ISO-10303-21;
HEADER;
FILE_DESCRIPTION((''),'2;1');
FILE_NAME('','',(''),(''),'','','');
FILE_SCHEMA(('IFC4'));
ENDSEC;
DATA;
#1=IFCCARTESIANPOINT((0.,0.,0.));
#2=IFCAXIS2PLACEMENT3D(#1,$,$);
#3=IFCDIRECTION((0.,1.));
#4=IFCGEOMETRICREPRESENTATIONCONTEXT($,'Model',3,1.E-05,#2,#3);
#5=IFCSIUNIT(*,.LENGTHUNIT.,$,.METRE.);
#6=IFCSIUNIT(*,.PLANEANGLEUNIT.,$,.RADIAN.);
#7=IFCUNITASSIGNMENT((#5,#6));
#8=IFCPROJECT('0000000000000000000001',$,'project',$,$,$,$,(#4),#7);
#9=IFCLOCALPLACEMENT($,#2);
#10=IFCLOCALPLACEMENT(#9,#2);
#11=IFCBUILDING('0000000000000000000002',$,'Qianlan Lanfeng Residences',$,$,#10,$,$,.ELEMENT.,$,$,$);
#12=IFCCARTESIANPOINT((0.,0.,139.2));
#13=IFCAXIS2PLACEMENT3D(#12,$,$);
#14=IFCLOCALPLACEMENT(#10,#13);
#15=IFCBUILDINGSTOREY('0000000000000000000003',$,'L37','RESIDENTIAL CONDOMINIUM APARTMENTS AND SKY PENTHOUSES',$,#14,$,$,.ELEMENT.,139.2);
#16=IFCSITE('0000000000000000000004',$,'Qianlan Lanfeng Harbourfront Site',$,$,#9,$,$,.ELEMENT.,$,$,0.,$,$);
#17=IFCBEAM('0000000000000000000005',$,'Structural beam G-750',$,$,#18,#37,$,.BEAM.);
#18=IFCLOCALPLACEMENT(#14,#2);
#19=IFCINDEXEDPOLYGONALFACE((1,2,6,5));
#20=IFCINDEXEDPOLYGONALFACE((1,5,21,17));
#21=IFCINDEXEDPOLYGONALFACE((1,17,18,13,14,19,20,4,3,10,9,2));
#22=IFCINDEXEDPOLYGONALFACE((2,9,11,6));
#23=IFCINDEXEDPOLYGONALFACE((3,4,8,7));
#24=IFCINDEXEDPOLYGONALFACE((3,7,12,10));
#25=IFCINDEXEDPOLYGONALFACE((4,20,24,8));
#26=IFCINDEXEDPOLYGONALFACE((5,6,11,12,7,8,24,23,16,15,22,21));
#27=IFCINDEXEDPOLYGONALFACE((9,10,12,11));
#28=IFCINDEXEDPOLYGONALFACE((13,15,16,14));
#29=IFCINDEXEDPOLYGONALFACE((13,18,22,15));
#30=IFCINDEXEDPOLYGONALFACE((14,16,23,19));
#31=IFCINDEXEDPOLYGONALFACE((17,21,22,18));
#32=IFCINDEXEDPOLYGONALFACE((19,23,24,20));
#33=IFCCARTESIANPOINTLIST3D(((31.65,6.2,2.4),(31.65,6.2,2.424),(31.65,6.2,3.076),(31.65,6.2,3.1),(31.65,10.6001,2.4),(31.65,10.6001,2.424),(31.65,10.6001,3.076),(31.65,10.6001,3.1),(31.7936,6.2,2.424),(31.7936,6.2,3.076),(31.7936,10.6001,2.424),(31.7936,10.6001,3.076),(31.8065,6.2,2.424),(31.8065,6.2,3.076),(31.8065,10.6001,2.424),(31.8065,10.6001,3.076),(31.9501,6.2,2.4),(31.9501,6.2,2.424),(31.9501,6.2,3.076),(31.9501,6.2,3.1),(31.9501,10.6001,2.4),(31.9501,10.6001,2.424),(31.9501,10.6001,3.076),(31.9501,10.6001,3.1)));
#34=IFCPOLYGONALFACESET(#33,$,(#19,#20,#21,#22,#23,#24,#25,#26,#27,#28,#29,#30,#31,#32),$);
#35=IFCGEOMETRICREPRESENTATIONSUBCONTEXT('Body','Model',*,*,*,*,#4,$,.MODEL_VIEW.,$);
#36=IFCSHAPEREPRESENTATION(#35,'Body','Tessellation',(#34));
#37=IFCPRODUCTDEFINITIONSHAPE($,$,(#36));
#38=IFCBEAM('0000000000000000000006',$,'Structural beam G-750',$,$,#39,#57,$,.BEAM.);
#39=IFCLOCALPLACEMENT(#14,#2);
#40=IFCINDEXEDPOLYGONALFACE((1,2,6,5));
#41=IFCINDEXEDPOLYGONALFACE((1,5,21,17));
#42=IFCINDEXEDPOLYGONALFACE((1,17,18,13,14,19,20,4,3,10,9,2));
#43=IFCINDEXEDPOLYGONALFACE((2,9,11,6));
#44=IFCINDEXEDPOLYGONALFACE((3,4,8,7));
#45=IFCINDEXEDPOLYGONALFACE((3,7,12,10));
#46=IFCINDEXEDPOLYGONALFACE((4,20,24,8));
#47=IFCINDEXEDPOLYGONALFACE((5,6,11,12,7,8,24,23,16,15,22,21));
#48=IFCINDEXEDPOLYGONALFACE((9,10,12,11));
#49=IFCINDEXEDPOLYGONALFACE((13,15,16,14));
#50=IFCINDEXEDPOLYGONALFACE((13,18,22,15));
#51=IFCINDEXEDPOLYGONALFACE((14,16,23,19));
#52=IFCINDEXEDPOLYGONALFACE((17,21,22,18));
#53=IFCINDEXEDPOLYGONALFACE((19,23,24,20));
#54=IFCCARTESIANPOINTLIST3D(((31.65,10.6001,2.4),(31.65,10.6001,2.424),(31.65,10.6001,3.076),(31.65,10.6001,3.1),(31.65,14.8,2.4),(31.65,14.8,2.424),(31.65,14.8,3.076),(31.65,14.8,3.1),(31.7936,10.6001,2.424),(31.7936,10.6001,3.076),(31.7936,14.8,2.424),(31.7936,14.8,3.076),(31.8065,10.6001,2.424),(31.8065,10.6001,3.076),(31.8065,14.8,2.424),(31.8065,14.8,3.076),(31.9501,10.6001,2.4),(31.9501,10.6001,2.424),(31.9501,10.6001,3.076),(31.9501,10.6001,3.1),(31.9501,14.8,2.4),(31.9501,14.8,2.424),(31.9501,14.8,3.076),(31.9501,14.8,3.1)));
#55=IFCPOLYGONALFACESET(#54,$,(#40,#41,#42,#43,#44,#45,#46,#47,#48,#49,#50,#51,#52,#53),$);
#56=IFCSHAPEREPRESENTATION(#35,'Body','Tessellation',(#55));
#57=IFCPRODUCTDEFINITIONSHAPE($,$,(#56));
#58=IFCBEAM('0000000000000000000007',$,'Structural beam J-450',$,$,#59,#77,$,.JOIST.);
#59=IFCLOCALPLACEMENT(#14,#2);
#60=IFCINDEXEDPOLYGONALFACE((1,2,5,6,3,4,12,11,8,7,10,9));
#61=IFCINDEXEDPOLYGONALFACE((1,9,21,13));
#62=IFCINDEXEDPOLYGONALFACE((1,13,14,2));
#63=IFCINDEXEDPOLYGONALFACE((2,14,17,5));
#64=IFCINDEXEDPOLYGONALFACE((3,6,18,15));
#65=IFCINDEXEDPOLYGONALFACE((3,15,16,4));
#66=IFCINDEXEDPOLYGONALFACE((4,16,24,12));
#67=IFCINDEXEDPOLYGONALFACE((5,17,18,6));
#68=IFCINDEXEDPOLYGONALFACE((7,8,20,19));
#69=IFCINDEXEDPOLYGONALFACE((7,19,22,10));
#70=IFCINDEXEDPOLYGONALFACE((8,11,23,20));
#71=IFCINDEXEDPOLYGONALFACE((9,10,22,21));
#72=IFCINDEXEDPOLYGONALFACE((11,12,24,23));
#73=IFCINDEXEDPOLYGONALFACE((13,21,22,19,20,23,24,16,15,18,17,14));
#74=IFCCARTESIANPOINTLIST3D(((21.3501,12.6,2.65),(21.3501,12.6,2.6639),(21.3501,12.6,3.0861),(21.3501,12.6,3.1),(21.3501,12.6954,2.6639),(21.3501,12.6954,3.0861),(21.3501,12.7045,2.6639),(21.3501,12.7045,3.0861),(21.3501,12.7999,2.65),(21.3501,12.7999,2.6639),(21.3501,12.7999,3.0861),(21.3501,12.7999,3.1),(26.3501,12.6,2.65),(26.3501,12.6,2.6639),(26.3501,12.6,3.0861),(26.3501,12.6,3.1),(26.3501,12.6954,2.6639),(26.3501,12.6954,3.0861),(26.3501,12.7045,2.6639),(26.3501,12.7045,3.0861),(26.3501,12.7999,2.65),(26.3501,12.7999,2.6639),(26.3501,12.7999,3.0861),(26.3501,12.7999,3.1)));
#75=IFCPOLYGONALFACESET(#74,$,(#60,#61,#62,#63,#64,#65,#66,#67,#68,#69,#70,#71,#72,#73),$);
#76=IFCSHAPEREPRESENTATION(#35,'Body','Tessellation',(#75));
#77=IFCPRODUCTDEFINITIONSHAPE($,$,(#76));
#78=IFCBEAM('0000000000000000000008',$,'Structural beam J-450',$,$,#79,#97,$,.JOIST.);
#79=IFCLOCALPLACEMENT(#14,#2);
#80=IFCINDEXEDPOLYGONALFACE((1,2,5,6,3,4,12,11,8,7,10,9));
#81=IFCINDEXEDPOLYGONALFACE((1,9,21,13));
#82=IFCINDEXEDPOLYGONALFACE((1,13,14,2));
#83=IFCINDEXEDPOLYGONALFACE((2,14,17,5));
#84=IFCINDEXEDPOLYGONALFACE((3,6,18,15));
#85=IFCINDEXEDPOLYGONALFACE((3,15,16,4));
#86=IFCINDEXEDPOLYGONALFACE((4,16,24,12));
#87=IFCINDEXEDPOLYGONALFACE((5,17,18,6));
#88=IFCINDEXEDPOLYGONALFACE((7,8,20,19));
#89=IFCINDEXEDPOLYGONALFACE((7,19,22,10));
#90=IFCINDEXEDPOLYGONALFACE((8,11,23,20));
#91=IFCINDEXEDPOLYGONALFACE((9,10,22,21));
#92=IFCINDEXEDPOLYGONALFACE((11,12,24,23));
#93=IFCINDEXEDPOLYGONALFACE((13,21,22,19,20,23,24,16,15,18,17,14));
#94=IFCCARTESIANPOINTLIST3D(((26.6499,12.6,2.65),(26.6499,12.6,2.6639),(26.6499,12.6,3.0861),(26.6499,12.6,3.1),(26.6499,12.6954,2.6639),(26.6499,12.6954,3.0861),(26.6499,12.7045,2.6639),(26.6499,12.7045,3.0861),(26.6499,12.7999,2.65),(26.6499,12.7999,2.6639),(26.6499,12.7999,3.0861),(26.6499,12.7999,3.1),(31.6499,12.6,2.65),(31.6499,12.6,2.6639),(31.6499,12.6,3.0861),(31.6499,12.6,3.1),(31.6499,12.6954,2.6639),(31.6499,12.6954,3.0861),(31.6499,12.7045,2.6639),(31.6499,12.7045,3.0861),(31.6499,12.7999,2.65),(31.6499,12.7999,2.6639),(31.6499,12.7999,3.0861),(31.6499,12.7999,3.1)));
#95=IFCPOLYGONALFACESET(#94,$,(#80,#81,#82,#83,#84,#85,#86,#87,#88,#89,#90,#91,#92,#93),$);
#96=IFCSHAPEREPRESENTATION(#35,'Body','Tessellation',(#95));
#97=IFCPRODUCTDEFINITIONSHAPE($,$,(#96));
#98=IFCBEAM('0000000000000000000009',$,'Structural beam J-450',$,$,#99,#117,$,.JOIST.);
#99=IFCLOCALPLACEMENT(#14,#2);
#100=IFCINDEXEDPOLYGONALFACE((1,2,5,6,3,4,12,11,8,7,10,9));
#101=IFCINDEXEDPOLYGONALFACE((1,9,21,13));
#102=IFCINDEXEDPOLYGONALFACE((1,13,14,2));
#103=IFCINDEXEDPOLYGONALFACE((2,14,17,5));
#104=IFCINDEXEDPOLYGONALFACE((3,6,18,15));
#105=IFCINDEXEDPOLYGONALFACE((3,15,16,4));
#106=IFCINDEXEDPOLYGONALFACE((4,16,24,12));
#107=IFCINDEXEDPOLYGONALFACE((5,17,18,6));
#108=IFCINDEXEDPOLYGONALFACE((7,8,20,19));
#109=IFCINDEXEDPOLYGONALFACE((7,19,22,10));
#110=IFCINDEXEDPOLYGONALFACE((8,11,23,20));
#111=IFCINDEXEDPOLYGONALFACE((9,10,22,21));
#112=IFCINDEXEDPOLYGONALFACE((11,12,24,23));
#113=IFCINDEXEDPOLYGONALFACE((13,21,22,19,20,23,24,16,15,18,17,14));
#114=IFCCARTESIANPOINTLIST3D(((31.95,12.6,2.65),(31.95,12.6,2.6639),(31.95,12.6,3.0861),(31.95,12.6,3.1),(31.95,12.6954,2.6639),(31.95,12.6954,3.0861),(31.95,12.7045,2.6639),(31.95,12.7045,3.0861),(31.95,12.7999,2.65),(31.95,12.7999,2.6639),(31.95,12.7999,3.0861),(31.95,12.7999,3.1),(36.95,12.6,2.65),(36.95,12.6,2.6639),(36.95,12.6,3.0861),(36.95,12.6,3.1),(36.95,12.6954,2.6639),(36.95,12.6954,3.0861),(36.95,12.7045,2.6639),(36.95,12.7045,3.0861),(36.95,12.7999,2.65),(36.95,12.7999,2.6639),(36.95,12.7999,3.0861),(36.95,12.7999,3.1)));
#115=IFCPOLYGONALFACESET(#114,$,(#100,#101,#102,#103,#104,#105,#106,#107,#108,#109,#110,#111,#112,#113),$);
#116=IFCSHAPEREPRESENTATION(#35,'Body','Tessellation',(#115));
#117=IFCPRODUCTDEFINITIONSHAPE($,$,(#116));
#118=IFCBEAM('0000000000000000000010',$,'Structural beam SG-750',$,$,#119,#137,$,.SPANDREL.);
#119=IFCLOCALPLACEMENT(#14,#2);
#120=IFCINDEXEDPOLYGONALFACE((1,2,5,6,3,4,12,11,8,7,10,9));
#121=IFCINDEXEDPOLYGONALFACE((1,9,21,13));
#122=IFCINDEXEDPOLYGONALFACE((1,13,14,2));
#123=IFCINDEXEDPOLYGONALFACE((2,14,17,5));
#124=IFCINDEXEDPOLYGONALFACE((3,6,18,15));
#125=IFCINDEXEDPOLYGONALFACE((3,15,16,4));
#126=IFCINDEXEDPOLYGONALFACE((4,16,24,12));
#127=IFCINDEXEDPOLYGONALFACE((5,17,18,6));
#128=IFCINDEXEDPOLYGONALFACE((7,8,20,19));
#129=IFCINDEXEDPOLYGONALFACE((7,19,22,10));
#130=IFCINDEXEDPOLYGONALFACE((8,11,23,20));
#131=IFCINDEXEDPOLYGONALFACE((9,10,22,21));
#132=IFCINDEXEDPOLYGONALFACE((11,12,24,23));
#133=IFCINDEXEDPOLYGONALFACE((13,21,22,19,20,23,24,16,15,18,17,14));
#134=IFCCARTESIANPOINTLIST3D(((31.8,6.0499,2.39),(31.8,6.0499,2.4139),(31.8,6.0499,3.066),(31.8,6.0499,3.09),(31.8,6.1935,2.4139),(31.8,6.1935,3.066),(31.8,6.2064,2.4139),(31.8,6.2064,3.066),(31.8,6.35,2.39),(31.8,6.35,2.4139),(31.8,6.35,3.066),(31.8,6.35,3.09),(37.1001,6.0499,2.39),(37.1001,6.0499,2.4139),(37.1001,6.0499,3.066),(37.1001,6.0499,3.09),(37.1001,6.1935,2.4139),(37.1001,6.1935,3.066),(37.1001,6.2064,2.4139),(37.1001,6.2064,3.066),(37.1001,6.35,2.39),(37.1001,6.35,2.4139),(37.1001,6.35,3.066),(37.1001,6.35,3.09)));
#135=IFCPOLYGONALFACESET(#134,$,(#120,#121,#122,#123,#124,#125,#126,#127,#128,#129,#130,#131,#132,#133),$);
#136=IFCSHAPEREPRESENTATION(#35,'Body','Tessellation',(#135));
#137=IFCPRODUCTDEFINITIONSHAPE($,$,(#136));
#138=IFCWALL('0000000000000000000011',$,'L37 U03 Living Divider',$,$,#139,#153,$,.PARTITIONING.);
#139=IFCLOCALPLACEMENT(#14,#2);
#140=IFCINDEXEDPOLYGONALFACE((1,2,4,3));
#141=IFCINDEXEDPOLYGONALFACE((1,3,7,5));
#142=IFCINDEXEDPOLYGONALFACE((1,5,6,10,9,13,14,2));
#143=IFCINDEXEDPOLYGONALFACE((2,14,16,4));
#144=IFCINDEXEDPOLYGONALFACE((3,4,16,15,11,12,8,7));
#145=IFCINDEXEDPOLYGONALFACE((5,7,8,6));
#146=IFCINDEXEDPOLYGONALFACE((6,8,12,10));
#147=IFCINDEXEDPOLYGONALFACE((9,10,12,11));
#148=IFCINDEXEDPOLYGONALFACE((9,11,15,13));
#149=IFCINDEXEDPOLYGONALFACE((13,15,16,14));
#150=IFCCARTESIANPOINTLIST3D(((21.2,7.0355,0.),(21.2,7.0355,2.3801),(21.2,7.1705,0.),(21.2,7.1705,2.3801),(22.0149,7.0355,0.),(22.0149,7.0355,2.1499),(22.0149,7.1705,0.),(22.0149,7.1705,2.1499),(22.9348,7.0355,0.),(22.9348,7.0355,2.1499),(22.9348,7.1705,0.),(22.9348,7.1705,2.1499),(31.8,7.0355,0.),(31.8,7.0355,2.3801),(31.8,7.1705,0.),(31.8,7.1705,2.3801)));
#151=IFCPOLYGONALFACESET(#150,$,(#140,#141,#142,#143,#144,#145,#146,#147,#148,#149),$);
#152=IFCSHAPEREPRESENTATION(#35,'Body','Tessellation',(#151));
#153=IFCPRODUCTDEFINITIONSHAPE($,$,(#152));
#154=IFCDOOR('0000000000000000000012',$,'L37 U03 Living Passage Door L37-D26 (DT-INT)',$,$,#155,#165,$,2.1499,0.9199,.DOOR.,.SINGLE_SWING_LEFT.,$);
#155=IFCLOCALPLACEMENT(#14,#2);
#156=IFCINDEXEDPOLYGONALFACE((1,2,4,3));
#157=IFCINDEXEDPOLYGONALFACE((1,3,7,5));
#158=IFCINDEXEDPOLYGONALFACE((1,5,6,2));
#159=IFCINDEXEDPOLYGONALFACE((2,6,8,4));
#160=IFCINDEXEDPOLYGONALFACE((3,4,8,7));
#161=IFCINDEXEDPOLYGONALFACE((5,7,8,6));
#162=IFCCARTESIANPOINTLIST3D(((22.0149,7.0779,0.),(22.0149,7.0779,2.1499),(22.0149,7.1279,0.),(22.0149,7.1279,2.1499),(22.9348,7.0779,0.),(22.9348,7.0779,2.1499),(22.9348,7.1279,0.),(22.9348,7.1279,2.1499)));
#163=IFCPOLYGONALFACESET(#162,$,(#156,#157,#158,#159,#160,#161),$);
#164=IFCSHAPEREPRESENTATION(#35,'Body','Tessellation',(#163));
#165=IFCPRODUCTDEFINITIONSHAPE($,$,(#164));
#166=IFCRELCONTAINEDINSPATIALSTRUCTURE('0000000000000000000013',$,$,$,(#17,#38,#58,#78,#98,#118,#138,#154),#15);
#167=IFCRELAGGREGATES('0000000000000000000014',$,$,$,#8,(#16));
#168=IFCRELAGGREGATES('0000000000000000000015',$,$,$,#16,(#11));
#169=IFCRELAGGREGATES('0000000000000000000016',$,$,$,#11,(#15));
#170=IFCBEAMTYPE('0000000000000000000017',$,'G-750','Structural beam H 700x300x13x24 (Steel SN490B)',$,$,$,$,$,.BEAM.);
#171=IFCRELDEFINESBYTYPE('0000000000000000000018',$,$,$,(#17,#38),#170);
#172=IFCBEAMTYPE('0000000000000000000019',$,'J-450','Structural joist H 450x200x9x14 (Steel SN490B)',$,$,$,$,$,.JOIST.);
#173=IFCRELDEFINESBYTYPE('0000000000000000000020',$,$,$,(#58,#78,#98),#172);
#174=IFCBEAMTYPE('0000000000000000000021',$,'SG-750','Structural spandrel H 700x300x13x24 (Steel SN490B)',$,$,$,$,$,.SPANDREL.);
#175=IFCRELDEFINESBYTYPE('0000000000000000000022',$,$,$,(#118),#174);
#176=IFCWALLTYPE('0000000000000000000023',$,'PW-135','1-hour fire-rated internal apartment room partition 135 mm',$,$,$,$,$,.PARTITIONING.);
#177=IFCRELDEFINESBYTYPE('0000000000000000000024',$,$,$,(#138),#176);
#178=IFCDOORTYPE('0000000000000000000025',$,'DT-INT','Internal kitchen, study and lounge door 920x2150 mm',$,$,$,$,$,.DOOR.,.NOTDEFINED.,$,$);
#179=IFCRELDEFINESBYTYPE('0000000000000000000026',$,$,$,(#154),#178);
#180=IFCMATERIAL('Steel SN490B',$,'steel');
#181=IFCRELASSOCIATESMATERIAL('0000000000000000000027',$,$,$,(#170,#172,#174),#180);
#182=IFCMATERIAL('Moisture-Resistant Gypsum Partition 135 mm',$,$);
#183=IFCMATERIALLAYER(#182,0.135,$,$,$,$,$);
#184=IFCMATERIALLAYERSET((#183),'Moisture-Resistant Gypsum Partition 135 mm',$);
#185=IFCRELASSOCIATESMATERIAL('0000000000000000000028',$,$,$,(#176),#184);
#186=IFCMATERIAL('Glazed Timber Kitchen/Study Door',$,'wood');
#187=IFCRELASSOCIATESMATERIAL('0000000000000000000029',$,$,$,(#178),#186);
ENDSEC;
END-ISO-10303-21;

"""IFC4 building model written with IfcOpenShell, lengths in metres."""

from ifc_helpers import new_model, si_unit, direction, frame, frame_2d, origin, origin_2d, place, context, subcontext, project, spatial, rectangle, i_section, extrude, material, layer, layer_set, material_profile, profile_set, type_object, element, fill, save


model = new_model("IFC4")

# Units and contexts
model_context = context("Model", 3, precision=1e-05, world=origin(), true_north=direction((0.0, 1.0)))
body_context = subcontext(model_context, "Body", "Model", "MODEL_VIEW")
ifc_project = project(units=[si_unit("LENGTHUNIT", "METRE"), si_unit("PLANEANGLEUNIT", "RADIAN")], contexts=[model_context])

# Site, building, storey
site_placement = place(None, origin())
site = spatial("IfcSite", under=ifc_project, at=site_placement, Name="Qianlan Lanfeng Harbourfront Site", CompositionType="ELEMENT", RefElevation=0.0)
building_placement = place(site_placement, origin())
building = spatial("IfcBuilding", under=site, at=building_placement, Name="Qianlan Lanfeng Residences", CompositionType="ELEMENT")
storey_placement = place(building_placement, frame((0.0, 0.0, 139.2)))
storey = spatial("IfcBuildingStorey", under=building, at=storey_placement, Name="L37", Description="RESIDENTIAL CONDOMINIUM APARTMENTS AND SKY PENTHOUSES", CompositionType="ELEMENT", Elevation=139.2)

# Shared definitions
ifc_material_1 = material(Name="Steel SN490B", Category="steel")

# Beams
ifc_material_profile_1 = material_profile(ifc_material_1, i_section(OverallWidth=0.3, OverallDepth=0.7, WebThickness=0.0129, FlangeThickness=0.0239, at=origin_2d()), Name="H 700x300x13x24")
ifc_profile_set_1 = profile_set([ifc_material_profile_1], Name="Steel SN490B")
beam_type_1 = type_object("IfcBeamType", Name="G-750", Description="Structural beam H 700x300x13x24 (Steel SN490B)", PredefinedType="BEAM", material=ifc_profile_set_1)
beam_1_placement = place(storey_placement, frame((31.8, 6.2, 2.75), z_axis=(0.0, 1.0, 0.0), x_axis=(-1.0, 0.0, 0.0)))
element("IfcBeam", 1, at=beam_1_placement, inside=storey, type_object=beam_type_1, Name="Structural beam G-750", PredefinedType="BEAM", context=body_context, shape_type="SweptSolid", body=[
    extrude(i_section(OverallWidth=0.3, OverallDepth=0.7, WebThickness=0.0129, FlangeThickness=0.0239, at=origin_2d()), origin(), (0.0, 0.0, 1.0), 4.4001),
])
beam_2_placement = place(storey_placement, frame((31.8, 10.6001, 2.75), z_axis=(0.0, 1.0, 0.0), x_axis=(-1.0, 0.0, 0.0)))
element("IfcBeam", 2, at=beam_2_placement, inside=storey, type_object=beam_type_1, Name="Structural beam G-750", PredefinedType="BEAM", context=body_context, shape_type="SweptSolid", body=[
    extrude(i_section(OverallWidth=0.3, OverallDepth=0.7, WebThickness=0.0129, FlangeThickness=0.0239, at=origin_2d()), origin(), (0.0, 0.0, 1.0), 4.2),
])
ifc_material_profile_2 = material_profile(ifc_material_1, i_section(OverallWidth=0.2, OverallDepth=0.45, WebThickness=0.009, FlangeThickness=0.0139, at=origin_2d()), Name="H 450x200x9x14")
ifc_profile_set_2 = profile_set([ifc_material_profile_2], Name="Steel SN490B")
beam_type_2 = type_object("IfcBeamType", Name="J-450", Description="Structural joist H 450x200x9x14 (Steel SN490B)", PredefinedType="JOIST", material=ifc_profile_set_2)
for number, where, z_axis, x_axis, name in (
    (3, (21.3501, 12.7, 2.875), (1.0, 0.0, 0.0), (0.0, 1.0, 0.0), "Structural beam J-450"),
    (4, (26.6499, 12.7, 2.875), (1.0, 0.0, 0.0), (0.0, 1.0, 0.0), "Structural beam J-450"),
    (5, (31.95, 12.7, 2.875), (1.0, 0.0, 0.0), (0.0, 1.0, 0.0), "Structural beam J-450"),
):
    element("IfcBeam", number, at=place(storey_placement, frame(where, z_axis=z_axis, x_axis=x_axis)), inside=storey, type_object=beam_type_2, Name=name, PredefinedType="JOIST", context=body_context, shape_type="SweptSolid", body=[
        extrude(i_section(OverallWidth=0.2, OverallDepth=0.45, WebThickness=0.009, FlangeThickness=0.0139, at=origin_2d()), origin(), (0.0, 0.0, 1.0), 5.0),
    ])
ifc_material_profile_3 = material_profile(ifc_material_1, i_section(OverallWidth=0.3, OverallDepth=0.7, WebThickness=0.0129, FlangeThickness=0.0239, at=origin_2d()), Name="H 700x300x13x24")
ifc_profile_set_3 = profile_set([ifc_material_profile_3], Name="Steel SN490B")
beam_type_3 = type_object("IfcBeamType", Name="SG-750", Description="Structural spandrel H 700x300x13x24 (Steel SN490B)", PredefinedType="SPANDREL", material=ifc_profile_set_3)
beam_3_placement = place(storey_placement, frame((31.8, 6.2, 2.74), z_axis=(1.0, 0.0, 0.0), x_axis=(0.0, 1.0, 0.0)))
element("IfcBeam", 6, at=beam_3_placement, inside=storey, type_object=beam_type_3, Name="Structural beam SG-750", PredefinedType="SPANDREL", context=body_context, shape_type="SweptSolid", body=[
    extrude(i_section(OverallWidth=0.3, OverallDepth=0.7, WebThickness=0.0129, FlangeThickness=0.0239, at=origin_2d()), origin(), (0.0, 0.0, 1.0), 5.3),
])

# Wall, opening, door
ifc_material_2 = material(Name="Moisture-Resistant Gypsum Partition 135 mm")
ifc_layer = layer(ifc_material_2, 0.135)
ifc_layer_set = layer_set([ifc_layer], Name="Moisture-Resistant Gypsum Partition 135 mm")
wall_type = type_object("IfcWallType", Name="PW-135", Description="1-hour fire-rated internal apartment room partition 135 mm", PredefinedType="PARTITIONING", material=ifc_layer_set)
wall_1_placement = place(storey_placement, frame((21.2, 7.103, 0.0), z_axis=(0.0, 0.0, 1.0), x_axis=(1.0, 0.0, 0.0)))
wall_1 = element("IfcWall", 7, at=wall_1_placement, inside=storey, type_object=wall_type, Name="L37 U03 Living Divider", PredefinedType="PARTITIONING", context=body_context, shape_type="SweptSolid", body=[
    extrude(rectangle(XDim=10.6001, YDim=0.135, at=frame_2d((5.3, 0.0))), origin(), (0.0, 0.0, 1.0), 2.3801),
])
opening_1_placement = place(wall_1_placement, frame((0.8149, 0.0, 0.0)))
opening_1 = element("IfcOpeningElement", 8, at=opening_1_placement, cuts=wall_1, PredefinedType="OPENING", context=body_context, shape_type="SweptSolid", body=[
    extrude(rectangle(XDim=0.9199, YDim=2.1499, at=frame_2d((0.46, 1.075))), frame((0.0, 0.0776, 0.0), z_axis=(0.0, -1.0, 0.0), x_axis=(1.0, 0.0, 0.0)), (0.0, 0.0, 1.0), 0.155),
])
ifc_material_3 = material(Name="Glazed Timber Kitchen/Study Door", Category="wood")
door_type_1 = type_object("IfcDoorType", Name="DT-INT", Description="Internal kitchen, study and lounge door 920x2150 mm", OperationType="NOTDEFINED", PredefinedType="DOOR", material=ifc_material_3)
door_1_placement = place(opening_1_placement, origin())
door_1 = element("IfcDoor", 9, at=door_1_placement, inside=storey, type_object=door_type_1, Name="L37 U03 Living Passage Door L37-D26 (DT-INT)", OperationType="SINGLE_SWING_LEFT", OverallHeight=2.1499, OverallWidth=0.9199, PredefinedType="DOOR", context=body_context, shape_type="SweptSolid", body=[
    extrude(rectangle(XDim=0.9199, YDim=2.1499, at=frame_2d((0.46, 1.075))), frame((0.0, 0.0249, 0.0), z_axis=(0.0, -1.0, 0.0), x_axis=(1.0, 0.0, 0.0)), (0.0, 0.0, 1.0), 0.05),
])
fill(opening_1, door_1)

save(model, "model.ifc")
